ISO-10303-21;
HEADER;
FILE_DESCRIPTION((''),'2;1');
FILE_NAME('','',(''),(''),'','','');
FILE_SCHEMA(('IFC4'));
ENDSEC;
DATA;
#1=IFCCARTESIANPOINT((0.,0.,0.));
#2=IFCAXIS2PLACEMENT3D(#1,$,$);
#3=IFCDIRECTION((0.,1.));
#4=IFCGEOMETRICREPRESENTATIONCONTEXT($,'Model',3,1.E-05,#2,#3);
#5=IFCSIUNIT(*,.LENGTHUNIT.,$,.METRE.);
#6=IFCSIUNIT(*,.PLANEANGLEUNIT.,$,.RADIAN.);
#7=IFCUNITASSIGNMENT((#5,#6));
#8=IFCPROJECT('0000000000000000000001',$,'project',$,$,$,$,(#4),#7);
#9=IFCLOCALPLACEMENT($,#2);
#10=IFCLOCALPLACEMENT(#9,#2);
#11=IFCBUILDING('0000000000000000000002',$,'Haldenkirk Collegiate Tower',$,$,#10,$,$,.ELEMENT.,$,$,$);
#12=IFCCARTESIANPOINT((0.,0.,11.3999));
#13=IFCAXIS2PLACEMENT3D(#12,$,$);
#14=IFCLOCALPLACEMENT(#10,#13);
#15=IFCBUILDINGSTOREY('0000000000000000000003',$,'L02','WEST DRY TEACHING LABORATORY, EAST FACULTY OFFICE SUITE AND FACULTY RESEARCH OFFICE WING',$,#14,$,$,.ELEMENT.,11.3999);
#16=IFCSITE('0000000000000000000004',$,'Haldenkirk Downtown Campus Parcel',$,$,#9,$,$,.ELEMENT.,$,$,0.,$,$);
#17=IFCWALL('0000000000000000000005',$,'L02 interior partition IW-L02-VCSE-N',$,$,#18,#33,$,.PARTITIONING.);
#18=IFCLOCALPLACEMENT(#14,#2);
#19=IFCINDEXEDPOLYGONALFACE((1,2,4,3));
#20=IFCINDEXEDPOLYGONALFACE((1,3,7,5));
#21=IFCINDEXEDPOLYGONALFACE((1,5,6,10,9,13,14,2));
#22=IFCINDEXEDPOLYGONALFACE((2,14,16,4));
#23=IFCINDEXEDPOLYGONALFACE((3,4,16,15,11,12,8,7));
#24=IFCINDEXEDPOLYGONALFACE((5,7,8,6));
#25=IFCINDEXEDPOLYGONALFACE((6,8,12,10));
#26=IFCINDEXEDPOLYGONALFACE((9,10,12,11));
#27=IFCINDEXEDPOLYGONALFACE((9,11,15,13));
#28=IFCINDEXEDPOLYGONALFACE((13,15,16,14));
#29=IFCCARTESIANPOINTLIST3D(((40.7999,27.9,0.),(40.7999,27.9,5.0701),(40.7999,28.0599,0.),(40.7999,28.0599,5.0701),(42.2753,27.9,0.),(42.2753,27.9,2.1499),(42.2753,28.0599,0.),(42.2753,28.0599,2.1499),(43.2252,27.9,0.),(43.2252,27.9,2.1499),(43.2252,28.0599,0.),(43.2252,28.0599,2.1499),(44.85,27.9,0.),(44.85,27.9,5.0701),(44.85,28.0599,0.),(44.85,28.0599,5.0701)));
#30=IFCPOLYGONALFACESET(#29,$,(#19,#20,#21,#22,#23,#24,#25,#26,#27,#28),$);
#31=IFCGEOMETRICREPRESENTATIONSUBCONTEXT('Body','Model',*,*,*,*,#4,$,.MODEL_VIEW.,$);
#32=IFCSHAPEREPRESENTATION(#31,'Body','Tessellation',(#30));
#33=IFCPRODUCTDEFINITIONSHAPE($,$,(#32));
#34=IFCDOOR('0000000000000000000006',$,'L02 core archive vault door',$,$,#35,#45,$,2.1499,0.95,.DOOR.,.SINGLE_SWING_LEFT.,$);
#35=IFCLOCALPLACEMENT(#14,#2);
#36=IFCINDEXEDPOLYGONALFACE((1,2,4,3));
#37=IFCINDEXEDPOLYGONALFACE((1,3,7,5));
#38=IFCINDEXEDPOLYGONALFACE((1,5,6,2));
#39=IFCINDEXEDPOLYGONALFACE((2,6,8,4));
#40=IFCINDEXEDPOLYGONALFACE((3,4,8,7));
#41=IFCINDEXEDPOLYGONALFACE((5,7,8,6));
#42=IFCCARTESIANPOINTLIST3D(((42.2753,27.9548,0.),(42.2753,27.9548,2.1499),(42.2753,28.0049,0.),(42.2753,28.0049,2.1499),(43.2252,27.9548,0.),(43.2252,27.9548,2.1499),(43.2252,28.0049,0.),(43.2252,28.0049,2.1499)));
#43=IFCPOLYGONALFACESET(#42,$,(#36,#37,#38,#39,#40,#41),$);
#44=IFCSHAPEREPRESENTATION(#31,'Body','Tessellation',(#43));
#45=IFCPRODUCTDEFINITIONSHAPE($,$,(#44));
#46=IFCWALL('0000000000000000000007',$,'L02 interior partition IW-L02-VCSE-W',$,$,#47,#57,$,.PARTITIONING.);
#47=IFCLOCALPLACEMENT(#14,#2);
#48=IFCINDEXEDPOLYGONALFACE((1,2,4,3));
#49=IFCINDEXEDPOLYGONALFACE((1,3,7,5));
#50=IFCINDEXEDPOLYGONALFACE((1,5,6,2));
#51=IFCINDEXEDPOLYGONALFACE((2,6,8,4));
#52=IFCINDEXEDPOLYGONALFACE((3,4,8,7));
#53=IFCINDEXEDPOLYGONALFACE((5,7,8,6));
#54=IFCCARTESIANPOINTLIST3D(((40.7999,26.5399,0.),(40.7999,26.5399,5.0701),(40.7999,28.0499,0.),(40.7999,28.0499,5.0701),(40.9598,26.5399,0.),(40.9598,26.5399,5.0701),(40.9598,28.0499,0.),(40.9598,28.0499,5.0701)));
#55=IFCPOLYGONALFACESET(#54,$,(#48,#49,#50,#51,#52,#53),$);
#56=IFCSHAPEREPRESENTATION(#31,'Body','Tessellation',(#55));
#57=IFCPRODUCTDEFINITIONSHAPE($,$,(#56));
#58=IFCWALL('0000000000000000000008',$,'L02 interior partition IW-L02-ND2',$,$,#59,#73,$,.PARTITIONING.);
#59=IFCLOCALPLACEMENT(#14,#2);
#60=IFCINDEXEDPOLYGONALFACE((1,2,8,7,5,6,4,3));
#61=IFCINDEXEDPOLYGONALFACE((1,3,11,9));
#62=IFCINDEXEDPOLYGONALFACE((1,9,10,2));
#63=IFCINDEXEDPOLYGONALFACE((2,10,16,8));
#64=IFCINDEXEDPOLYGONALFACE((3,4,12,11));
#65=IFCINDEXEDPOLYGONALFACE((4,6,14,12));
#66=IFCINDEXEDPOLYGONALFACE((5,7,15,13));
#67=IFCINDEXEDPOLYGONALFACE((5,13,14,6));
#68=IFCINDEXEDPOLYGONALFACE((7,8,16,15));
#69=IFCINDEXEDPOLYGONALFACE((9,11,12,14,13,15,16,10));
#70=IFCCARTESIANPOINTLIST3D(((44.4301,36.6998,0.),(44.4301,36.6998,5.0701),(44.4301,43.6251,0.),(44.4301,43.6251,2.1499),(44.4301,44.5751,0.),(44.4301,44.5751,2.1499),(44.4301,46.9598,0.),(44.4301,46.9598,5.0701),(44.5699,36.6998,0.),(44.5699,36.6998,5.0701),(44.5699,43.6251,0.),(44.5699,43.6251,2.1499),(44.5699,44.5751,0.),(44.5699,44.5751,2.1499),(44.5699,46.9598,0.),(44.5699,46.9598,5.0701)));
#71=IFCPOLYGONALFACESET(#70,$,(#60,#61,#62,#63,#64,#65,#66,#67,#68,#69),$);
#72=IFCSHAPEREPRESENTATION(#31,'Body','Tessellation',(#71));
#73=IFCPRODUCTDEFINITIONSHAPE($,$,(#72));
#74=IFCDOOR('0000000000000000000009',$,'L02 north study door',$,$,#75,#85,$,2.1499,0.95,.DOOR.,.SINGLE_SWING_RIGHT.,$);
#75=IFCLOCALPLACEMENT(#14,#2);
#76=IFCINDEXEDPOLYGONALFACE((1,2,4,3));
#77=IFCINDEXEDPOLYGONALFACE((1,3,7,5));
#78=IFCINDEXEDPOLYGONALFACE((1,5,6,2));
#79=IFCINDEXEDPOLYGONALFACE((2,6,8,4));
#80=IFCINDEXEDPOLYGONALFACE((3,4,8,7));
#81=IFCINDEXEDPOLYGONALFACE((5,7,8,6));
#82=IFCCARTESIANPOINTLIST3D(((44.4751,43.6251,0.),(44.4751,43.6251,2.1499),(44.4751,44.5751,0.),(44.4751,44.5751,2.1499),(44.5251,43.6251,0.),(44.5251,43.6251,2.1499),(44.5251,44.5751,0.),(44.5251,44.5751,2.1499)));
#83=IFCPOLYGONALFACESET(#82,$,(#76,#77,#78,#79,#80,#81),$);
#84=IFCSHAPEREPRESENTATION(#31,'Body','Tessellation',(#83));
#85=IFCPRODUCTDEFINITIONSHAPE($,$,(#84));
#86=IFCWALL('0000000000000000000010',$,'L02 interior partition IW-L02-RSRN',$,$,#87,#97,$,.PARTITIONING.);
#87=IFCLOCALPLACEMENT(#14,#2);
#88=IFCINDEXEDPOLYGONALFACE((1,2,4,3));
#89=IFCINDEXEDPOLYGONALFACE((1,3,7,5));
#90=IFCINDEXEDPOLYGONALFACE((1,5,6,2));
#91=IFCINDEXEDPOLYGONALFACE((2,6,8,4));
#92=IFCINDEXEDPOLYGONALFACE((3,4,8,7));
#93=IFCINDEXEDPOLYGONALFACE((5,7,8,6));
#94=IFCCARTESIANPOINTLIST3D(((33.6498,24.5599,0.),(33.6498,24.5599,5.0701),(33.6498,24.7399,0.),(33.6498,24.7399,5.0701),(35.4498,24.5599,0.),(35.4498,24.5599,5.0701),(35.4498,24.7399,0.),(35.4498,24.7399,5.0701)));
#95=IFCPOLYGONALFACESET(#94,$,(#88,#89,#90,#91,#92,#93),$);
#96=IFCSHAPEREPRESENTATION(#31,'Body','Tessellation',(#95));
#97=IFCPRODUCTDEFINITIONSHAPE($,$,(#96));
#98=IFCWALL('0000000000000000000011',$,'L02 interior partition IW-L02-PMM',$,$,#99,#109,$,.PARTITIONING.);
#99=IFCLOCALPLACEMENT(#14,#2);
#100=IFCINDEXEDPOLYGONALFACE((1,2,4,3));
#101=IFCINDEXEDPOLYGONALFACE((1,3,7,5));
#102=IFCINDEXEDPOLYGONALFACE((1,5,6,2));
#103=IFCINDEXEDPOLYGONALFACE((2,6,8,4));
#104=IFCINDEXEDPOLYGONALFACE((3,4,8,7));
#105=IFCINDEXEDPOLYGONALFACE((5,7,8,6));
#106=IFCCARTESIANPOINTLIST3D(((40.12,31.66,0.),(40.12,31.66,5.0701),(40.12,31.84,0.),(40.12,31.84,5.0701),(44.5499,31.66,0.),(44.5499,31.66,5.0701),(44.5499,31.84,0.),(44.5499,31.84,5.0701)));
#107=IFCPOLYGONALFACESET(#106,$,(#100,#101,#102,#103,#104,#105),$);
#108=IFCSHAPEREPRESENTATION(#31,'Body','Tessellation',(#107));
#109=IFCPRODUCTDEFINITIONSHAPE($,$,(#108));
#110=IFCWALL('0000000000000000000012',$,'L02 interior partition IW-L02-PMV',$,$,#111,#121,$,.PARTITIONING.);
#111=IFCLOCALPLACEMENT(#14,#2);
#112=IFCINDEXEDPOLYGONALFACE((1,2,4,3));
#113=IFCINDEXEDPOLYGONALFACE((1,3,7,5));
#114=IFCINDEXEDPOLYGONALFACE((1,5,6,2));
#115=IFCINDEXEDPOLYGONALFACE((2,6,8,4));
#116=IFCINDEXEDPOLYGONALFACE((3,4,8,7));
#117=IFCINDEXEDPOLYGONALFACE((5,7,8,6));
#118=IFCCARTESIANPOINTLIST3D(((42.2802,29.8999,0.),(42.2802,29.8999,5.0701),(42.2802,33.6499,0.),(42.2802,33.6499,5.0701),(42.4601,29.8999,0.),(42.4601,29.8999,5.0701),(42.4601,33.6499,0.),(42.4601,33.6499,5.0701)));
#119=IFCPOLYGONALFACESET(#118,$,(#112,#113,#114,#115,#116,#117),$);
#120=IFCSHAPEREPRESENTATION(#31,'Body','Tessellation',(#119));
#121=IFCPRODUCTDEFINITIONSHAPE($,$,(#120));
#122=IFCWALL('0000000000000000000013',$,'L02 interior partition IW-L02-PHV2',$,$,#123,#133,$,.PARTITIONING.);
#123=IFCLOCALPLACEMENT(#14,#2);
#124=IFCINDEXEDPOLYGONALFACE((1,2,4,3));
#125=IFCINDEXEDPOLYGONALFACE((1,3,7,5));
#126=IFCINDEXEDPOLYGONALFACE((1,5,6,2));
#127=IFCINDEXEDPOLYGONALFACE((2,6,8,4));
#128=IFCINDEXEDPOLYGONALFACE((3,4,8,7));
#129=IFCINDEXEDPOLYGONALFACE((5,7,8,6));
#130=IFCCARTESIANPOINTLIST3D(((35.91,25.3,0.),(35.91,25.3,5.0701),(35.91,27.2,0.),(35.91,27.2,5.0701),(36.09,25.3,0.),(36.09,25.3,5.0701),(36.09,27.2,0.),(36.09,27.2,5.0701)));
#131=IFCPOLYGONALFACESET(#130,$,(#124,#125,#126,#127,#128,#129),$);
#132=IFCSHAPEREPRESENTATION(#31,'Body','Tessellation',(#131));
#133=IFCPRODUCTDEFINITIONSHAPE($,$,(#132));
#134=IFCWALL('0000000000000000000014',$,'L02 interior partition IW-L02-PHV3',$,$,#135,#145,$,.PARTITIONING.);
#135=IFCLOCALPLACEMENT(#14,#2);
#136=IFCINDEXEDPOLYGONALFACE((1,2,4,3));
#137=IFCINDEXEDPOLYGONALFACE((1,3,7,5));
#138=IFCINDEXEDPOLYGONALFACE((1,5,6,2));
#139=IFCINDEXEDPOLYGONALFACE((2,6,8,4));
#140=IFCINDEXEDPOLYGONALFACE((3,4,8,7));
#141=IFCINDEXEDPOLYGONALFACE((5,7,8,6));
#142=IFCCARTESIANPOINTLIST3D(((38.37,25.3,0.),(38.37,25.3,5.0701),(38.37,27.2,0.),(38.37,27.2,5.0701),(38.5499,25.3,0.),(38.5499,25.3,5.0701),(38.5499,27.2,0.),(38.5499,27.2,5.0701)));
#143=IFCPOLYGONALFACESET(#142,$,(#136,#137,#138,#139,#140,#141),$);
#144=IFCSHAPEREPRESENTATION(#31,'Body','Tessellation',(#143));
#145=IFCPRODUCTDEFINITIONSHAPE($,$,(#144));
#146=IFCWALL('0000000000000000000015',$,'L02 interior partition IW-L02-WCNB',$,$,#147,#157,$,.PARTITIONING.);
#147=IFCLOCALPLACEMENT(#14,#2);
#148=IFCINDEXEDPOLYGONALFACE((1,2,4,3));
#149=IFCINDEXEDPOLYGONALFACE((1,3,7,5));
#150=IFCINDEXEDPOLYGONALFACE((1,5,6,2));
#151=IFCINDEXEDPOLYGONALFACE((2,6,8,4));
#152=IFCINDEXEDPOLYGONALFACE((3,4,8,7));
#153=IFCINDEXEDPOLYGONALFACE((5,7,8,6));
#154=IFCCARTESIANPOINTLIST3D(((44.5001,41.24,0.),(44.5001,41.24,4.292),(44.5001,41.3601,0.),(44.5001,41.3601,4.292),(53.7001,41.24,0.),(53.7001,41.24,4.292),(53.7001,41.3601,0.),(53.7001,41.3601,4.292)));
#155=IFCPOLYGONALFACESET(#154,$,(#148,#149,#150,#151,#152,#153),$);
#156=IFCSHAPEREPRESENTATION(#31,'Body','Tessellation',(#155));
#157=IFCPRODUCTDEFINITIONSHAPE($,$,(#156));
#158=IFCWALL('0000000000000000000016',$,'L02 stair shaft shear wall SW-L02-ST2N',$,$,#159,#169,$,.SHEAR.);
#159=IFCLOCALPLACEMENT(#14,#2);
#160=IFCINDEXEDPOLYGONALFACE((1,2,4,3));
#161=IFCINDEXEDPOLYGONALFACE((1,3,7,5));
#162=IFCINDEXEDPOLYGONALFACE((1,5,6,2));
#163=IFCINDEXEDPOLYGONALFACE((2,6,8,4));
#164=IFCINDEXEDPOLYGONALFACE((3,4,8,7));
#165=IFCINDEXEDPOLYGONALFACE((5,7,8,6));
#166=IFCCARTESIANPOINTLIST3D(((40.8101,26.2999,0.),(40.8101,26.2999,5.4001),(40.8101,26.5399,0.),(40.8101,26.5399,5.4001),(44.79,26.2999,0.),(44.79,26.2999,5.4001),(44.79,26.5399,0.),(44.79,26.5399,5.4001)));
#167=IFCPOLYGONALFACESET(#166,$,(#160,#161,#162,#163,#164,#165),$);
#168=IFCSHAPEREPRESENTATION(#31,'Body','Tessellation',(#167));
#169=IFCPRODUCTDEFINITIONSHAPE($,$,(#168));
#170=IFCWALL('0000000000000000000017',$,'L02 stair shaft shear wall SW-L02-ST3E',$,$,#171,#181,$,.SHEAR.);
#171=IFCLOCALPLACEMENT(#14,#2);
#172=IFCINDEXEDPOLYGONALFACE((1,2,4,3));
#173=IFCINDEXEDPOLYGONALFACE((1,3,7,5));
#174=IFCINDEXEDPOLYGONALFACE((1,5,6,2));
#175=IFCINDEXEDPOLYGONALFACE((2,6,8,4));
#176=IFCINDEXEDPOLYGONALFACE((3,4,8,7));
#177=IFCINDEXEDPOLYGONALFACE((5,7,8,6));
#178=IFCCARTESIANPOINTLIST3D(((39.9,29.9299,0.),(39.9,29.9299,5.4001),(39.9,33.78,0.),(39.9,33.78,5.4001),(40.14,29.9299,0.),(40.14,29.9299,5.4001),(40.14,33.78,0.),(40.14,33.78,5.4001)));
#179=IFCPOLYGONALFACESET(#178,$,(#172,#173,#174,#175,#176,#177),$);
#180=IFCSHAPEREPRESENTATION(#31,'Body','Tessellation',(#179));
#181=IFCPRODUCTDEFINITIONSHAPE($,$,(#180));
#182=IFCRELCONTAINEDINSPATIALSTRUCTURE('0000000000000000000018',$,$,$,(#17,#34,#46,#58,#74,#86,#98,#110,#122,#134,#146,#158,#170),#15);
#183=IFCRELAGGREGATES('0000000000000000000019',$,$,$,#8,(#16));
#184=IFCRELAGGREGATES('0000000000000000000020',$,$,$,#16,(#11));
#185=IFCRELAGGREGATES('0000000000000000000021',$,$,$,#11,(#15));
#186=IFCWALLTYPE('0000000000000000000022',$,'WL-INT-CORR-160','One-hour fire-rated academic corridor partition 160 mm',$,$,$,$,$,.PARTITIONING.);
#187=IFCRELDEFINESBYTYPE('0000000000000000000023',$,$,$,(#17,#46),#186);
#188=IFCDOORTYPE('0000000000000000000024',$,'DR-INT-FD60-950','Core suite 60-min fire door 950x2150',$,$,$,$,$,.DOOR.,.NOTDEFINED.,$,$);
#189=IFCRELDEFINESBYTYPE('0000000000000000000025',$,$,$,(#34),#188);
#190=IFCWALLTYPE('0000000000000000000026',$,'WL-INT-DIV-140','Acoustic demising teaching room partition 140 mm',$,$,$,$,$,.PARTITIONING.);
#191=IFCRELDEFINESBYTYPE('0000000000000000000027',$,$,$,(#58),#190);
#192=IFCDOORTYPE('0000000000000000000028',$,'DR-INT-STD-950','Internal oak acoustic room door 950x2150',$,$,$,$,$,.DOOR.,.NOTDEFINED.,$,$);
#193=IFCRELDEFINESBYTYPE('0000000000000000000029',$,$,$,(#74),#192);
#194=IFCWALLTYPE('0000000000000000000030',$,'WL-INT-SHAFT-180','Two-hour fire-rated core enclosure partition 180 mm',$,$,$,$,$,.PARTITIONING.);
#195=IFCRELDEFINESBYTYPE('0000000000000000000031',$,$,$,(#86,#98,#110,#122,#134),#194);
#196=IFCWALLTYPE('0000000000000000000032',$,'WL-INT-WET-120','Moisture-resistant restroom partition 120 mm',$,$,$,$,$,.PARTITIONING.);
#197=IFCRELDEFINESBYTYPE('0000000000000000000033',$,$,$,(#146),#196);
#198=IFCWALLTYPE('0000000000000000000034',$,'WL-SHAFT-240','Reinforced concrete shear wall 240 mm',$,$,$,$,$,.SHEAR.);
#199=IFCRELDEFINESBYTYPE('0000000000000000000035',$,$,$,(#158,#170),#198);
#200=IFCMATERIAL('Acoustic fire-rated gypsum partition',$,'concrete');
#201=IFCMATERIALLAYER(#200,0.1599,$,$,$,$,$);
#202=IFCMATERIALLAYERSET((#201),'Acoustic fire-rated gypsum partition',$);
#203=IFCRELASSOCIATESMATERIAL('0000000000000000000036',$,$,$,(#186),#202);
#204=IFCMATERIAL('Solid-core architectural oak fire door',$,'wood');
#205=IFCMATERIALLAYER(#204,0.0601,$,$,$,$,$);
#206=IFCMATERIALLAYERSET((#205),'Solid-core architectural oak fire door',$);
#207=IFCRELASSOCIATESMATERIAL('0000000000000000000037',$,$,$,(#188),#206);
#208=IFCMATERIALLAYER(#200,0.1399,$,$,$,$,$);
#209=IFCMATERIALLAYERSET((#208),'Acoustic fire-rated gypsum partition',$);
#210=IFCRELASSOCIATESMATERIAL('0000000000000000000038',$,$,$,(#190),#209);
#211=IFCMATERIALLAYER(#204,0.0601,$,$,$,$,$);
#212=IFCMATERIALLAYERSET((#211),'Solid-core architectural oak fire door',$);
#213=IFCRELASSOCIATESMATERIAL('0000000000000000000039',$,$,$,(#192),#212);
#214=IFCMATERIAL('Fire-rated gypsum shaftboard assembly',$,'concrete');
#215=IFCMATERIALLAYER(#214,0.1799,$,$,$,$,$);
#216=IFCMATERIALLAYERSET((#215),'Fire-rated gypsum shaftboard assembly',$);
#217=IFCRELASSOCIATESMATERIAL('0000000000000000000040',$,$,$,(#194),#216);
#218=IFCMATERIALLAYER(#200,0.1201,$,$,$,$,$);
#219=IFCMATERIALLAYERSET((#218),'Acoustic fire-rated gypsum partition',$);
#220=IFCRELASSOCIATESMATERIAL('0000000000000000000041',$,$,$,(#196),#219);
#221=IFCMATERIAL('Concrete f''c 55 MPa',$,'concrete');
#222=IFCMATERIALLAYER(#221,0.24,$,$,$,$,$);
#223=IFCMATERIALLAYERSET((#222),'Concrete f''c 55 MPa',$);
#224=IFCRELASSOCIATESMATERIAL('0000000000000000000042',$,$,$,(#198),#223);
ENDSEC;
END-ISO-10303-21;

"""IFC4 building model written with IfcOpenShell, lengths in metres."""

from ifc_helpers import new_model, si_unit, direction, frame, frame_2d, origin, place, context, subcontext, project, spatial, rectangle, extrude, material, layer, layer_set, type_object, element, fill, save


model = new_model("IFC4")

# Units and contexts
model_context = context("Model", 3, precision=1e-05, world=origin(), true_north=direction((0.0, 1.0)))
body_context = subcontext(model_context, "Body", "Model", "MODEL_VIEW")
ifc_project = project(units=[si_unit("LENGTHUNIT", "METRE"), si_unit("PLANEANGLEUNIT", "RADIAN")], contexts=[model_context])

# Site, building, storey
site_placement = place(None, origin())
site = spatial("IfcSite", under=ifc_project, at=site_placement, Name="Haldenkirk Downtown Campus Parcel", CompositionType="ELEMENT", RefElevation=0.0)
building_placement = place(site_placement, origin())
building = spatial("IfcBuilding", under=site, at=building_placement, Name="Haldenkirk Collegiate Tower", CompositionType="ELEMENT")
storey_placement = place(building_placement, frame((0.0, 0.0, 11.3999)))
storey = spatial("IfcBuildingStorey", under=building, at=storey_placement, Name="L02", Description="WEST DRY TEACHING LABORATORY, EAST FACULTY OFFICE SUITE AND FACULTY RESEARCH OFFICE WING", CompositionType="ELEMENT", Elevation=11.3999)

# Wall, opening, door
ifc_material_1 = material(Name="Acoustic fire-rated gypsum partition", Category="concrete")
ifc_layer_1 = layer(ifc_material_1, 0.1599)
ifc_layer_set_1 = layer_set([ifc_layer_1], Name="Acoustic fire-rated gypsum partition")
wall_type_1 = type_object("IfcWallType", Name="WL-INT-CORR-160", Description="One-hour fire-rated academic corridor partition 160 mm", PredefinedType="PARTITIONING", material=ifc_layer_set_1)
wall_1_placement = place(storey_placement, frame((40.8, 27.98, 0.0), z_axis=(0.0, 0.0, 1.0), x_axis=(1.0, 0.0, 0.0)))
wall_1 = element("IfcWall", 1, at=wall_1_placement, inside=storey, type_object=wall_type_1, Name="L02 interior partition IW-L02-VCSE-N", PredefinedType="PARTITIONING", context=body_context, shape_type="SweptSolid", body=[
    extrude(rectangle(XDim=4.05, YDim=0.1599, at=frame_2d((2.0249, 0.0))), origin(), (0.0, 0.0, 1.0), 5.0701),
])
opening_1_placement = place(wall_1_placement, frame((1.4751, 0.0, 0.0)))
opening_1 = element("IfcOpeningElement", 2, at=opening_1_placement, cuts=wall_1, PredefinedType="OPENING", context=body_context, shape_type="SweptSolid", body=[
    extrude(rectangle(XDim=0.95, YDim=2.1499, at=frame_2d((0.4751, 1.075))), frame((0.0, 0.0898, 0.0), z_axis=(0.0, -1.0, 0.0), x_axis=(1.0, 0.0, 0.0)), (0.0, 0.0, 1.0), 0.1799),
])
ifc_material_2 = material(Name="Solid-core architectural oak fire door", Category="wood")
ifc_layer_2 = layer(ifc_material_2, 0.0601)
ifc_layer_set_2 = layer_set([ifc_layer_2], Name="Solid-core architectural oak fire door")
door_type_1 = type_object("IfcDoorType", Name="DR-INT-FD60-950", Description="Core suite 60-min fire door 950x2150", OperationType="NOTDEFINED", PredefinedType="DOOR", material=ifc_layer_set_2)
door_1_placement = place(opening_1_placement, origin())
door_1 = element("IfcDoor", 3, at=door_1_placement, inside=storey, type_object=door_type_1, Name="L02 core archive vault door", OperationType="SINGLE_SWING_LEFT", OverallHeight=2.1499, OverallWidth=0.95, PredefinedType="DOOR", context=body_context, shape_type="SweptSolid", body=[
    extrude(rectangle(XDim=0.95, YDim=2.1499, at=frame_2d((0.4751, 1.075))), frame((0.0, 0.0249, 0.0), z_axis=(0.0, -1.0, 0.0), x_axis=(1.0, 0.0, 0.0)), (0.0, 0.0, 1.0), 0.05),
])
fill(opening_1, door_1)

# Wall
wall_2_placement = place(storey_placement, frame((40.8799, 26.54, 0.0), z_axis=(0.0, 0.0, 1.0), x_axis=(0.0, 1.0, 0.0)))
element("IfcWall", 4, at=wall_2_placement, inside=storey, type_object=wall_type_1, Name="L02 interior partition IW-L02-VCSE-W", PredefinedType="PARTITIONING", context=body_context, shape_type="SweptSolid", body=[
    extrude(rectangle(XDim=1.51, YDim=0.1599, at=frame_2d((0.7549, 0.0))), origin(), (0.0, 0.0, 1.0), 5.0701),
])

# Wall, opening, door
ifc_layer_3 = layer(ifc_material_1, 0.1399)
ifc_layer_set_3 = layer_set([ifc_layer_3], Name="Acoustic fire-rated gypsum partition")
wall_type_2 = type_object("IfcWallType", Name="WL-INT-DIV-140", Description="Acoustic demising teaching room partition 140 mm", PredefinedType="PARTITIONING", material=ifc_layer_set_3)
wall_3_placement = place(storey_placement, frame((44.5, 36.7, 0.0), z_axis=(0.0, 0.0, 1.0), x_axis=(0.0, 1.0, 0.0)))
wall_3 = element("IfcWall", 5, at=wall_3_placement, inside=storey, type_object=wall_type_2, Name="L02 interior partition IW-L02-ND2", PredefinedType="PARTITIONING", context=body_context, shape_type="SweptSolid", body=[
    extrude(rectangle(XDim=10.26, YDim=0.1399, at=frame_2d((5.1299, 0.0))), origin(), (0.0, 0.0, 1.0), 5.0701),
])
opening_2_placement = place(wall_3_placement, frame((6.925, 0.0, 0.0)))
opening_2 = element("IfcOpeningElement", 6, at=opening_2_placement, cuts=wall_3, PredefinedType="OPENING", context=body_context, shape_type="SweptSolid", body=[
    extrude(rectangle(XDim=0.95, YDim=2.1499, at=frame_2d((0.4751, 1.075))), frame((0.0, 0.0798, 0.0), z_axis=(0.0, -1.0, 0.0), x_axis=(1.0, 0.0, 0.0)), (0.0, 0.0, 1.0), 0.1599),
])
ifc_layer_4 = layer(ifc_material_2, 0.0601)
ifc_layer_set_4 = layer_set([ifc_layer_4], Name="Solid-core architectural oak fire door")
door_type_2 = type_object("IfcDoorType", Name="DR-INT-STD-950", Description="Internal oak acoustic room door 950x2150", OperationType="NOTDEFINED", PredefinedType="DOOR", material=ifc_layer_set_4)
door_2_placement = place(opening_2_placement, origin())
door_2 = element("IfcDoor", 7, at=door_2_placement, inside=storey, type_object=door_type_2, Name="L02 north study door", OperationType="SINGLE_SWING_RIGHT", OverallHeight=2.1499, OverallWidth=0.95, PredefinedType="DOOR", context=body_context, shape_type="SweptSolid", body=[
    extrude(rectangle(XDim=0.95, YDim=2.1499, at=frame_2d((0.4751, 1.075))), frame((0.0, 0.0249, 0.0), z_axis=(0.0, -1.0, 0.0), x_axis=(1.0, 0.0, 0.0)), (0.0, 0.0, 1.0), 0.05),
])
fill(opening_2, door_2)

# Wall
ifc_material_3 = material(Name="Fire-rated gypsum shaftboard assembly", Category="concrete")
ifc_layer_5 = layer(ifc_material_3, 0.1799)
ifc_layer_set_5 = layer_set([ifc_layer_5], Name="Fire-rated gypsum shaftboard assembly")
wall_type_3 = type_object("IfcWallType", Name="WL-INT-SHAFT-180", Description="Two-hour fire-rated core enclosure partition 180 mm", PredefinedType="PARTITIONING", material=ifc_layer_set_5)
wall_4_placement = place(storey_placement, frame((33.6499, 24.6499, 0.0), z_axis=(0.0, 0.0, 1.0), x_axis=(1.0, 0.0, 0.0)))
element("IfcWall", 8, at=wall_4_placement, inside=storey, type_object=wall_type_3, Name="L02 interior partition IW-L02-RSRN", PredefinedType="PARTITIONING", context=body_context, shape_type="SweptSolid", body=[
    extrude(rectangle(XDim=1.8, YDim=0.1799, at=frame_2d((0.8999, 0.0))), origin(), (0.0, 0.0, 1.0), 5.0701),
])

# Walls
wall_5_placement = place(storey_placement, frame((40.1201, 31.75, 0.0), z_axis=(0.0, 0.0, 1.0), x_axis=(1.0, 0.0, 0.0)))
element("IfcWall", 9, at=wall_5_placement, inside=storey, type_object=wall_type_3, Name="L02 interior partition IW-L02-PMM", PredefinedType="PARTITIONING", context=body_context, shape_type="SweptSolid", body=[
    extrude(rectangle(XDim=4.4299, YDim=0.1799, at=frame_2d((2.2148, 0.0))), origin(), (0.0, 0.0, 1.0), 5.0701),
])
wall_6_placement = place(storey_placement, frame((42.3701, 29.8999, 0.0), z_axis=(0.0, 0.0, 1.0), x_axis=(0.0, 1.0, 0.0)))
element("IfcWall", 10, at=wall_6_placement, inside=storey, type_object=wall_type_3, Name="L02 interior partition IW-L02-PMV", PredefinedType="PARTITIONING", context=body_context, shape_type="SweptSolid", body=[
    extrude(rectangle(XDim=3.75, YDim=0.1799, at=frame_2d((1.875, 0.0))), origin(), (0.0, 0.0, 1.0), 5.0701),
])
for number, where, z_axis, x_axis, name in (
    (11, (36.0, 25.3, 0.0), (0.0, 0.0, 1.0), (0.0, 1.0, 0.0), "L02 interior partition IW-L02-PHV2"),
    (12, (38.46, 25.3, 0.0), (0.0, 0.0, 1.0), (0.0, 1.0, 0.0), "L02 interior partition IW-L02-PHV3"),
):
    element("IfcWall", number, at=place(storey_placement, frame(where, z_axis=z_axis, x_axis=x_axis)), inside=storey, type_object=wall_type_3, Name=name, PredefinedType="PARTITIONING", context=body_context, shape_type="SweptSolid", body=[
        extrude(rectangle(XDim=1.8999, YDim=0.1799, at=frame_2d((0.95, 0.0))), origin(), (0.0, 0.0, 1.0), 5.0701),
    ])
ifc_layer_6 = layer(ifc_material_1, 0.1201)
ifc_layer_set_6 = layer_set([ifc_layer_6], Name="Acoustic fire-rated gypsum partition")
wall_type_4 = type_object("IfcWallType", Name="WL-INT-WET-120", Description="Moisture-resistant restroom partition 120 mm", PredefinedType="PARTITIONING", material=ifc_layer_set_6)
wall_7_placement = place(storey_placement, frame((44.5, 41.3, 0.0), z_axis=(0.0, 0.0, 1.0), x_axis=(1.0, 0.0, 0.0)))
element("IfcWall", 13, at=wall_7_placement, inside=storey, type_object=wall_type_4, Name="L02 interior partition IW-L02-WCNB", PredefinedType="PARTITIONING", context=body_context, shape_type="SweptSolid", body=[
    extrude(rectangle(XDim=9.2, YDim=0.1201, at=frame_2d((4.6001, 0.0))), origin(), (0.0, 0.0, 1.0), 4.292),
])
ifc_material_4 = material(Name="Concrete f'c 55 MPa", Category="concrete")
ifc_layer_7 = layer(ifc_material_4, 0.24)
ifc_layer_set_7 = layer_set([ifc_layer_7], Name="Concrete f'c 55 MPa")
wall_type_5 = type_object("IfcWallType", Name="WL-SHAFT-240", Description="Reinforced concrete shear wall 240 mm", PredefinedType="SHEAR", material=ifc_layer_set_7)
wall_8_placement = place(storey_placement, frame((40.8101, 26.4199, 0.0), z_axis=(0.0, 0.0, 1.0), x_axis=(1.0, 0.0, 0.0)))
element("IfcWall", 14, at=wall_8_placement, inside=storey, type_object=wall_type_5, Name="L02 stair shaft shear wall SW-L02-ST2N", PredefinedType="SHEAR", context=body_context, shape_type="SweptSolid", body=[
    extrude(rectangle(XDim=3.98, YDim=0.24, at=frame_2d((1.99, 0.0))), origin(), (0.0, 0.0, 1.0), 5.4001),
])
wall_9_placement = place(storey_placement, frame((40.02, 29.9299, 0.0), z_axis=(0.0, 0.0, 1.0), x_axis=(0.0, 1.0, 0.0)))
element("IfcWall", 15, at=wall_9_placement, inside=storey, type_object=wall_type_5, Name="L02 stair shaft shear wall SW-L02-ST3E", PredefinedType="SHEAR", context=body_context, shape_type="SweptSolid", body=[
    extrude(rectangle(XDim=3.8501, YDim=0.24, at=frame_2d((1.925, 0.0))), origin(), (0.0, 0.0, 1.0), 5.4001),
])

save(model, "model.ifc")
